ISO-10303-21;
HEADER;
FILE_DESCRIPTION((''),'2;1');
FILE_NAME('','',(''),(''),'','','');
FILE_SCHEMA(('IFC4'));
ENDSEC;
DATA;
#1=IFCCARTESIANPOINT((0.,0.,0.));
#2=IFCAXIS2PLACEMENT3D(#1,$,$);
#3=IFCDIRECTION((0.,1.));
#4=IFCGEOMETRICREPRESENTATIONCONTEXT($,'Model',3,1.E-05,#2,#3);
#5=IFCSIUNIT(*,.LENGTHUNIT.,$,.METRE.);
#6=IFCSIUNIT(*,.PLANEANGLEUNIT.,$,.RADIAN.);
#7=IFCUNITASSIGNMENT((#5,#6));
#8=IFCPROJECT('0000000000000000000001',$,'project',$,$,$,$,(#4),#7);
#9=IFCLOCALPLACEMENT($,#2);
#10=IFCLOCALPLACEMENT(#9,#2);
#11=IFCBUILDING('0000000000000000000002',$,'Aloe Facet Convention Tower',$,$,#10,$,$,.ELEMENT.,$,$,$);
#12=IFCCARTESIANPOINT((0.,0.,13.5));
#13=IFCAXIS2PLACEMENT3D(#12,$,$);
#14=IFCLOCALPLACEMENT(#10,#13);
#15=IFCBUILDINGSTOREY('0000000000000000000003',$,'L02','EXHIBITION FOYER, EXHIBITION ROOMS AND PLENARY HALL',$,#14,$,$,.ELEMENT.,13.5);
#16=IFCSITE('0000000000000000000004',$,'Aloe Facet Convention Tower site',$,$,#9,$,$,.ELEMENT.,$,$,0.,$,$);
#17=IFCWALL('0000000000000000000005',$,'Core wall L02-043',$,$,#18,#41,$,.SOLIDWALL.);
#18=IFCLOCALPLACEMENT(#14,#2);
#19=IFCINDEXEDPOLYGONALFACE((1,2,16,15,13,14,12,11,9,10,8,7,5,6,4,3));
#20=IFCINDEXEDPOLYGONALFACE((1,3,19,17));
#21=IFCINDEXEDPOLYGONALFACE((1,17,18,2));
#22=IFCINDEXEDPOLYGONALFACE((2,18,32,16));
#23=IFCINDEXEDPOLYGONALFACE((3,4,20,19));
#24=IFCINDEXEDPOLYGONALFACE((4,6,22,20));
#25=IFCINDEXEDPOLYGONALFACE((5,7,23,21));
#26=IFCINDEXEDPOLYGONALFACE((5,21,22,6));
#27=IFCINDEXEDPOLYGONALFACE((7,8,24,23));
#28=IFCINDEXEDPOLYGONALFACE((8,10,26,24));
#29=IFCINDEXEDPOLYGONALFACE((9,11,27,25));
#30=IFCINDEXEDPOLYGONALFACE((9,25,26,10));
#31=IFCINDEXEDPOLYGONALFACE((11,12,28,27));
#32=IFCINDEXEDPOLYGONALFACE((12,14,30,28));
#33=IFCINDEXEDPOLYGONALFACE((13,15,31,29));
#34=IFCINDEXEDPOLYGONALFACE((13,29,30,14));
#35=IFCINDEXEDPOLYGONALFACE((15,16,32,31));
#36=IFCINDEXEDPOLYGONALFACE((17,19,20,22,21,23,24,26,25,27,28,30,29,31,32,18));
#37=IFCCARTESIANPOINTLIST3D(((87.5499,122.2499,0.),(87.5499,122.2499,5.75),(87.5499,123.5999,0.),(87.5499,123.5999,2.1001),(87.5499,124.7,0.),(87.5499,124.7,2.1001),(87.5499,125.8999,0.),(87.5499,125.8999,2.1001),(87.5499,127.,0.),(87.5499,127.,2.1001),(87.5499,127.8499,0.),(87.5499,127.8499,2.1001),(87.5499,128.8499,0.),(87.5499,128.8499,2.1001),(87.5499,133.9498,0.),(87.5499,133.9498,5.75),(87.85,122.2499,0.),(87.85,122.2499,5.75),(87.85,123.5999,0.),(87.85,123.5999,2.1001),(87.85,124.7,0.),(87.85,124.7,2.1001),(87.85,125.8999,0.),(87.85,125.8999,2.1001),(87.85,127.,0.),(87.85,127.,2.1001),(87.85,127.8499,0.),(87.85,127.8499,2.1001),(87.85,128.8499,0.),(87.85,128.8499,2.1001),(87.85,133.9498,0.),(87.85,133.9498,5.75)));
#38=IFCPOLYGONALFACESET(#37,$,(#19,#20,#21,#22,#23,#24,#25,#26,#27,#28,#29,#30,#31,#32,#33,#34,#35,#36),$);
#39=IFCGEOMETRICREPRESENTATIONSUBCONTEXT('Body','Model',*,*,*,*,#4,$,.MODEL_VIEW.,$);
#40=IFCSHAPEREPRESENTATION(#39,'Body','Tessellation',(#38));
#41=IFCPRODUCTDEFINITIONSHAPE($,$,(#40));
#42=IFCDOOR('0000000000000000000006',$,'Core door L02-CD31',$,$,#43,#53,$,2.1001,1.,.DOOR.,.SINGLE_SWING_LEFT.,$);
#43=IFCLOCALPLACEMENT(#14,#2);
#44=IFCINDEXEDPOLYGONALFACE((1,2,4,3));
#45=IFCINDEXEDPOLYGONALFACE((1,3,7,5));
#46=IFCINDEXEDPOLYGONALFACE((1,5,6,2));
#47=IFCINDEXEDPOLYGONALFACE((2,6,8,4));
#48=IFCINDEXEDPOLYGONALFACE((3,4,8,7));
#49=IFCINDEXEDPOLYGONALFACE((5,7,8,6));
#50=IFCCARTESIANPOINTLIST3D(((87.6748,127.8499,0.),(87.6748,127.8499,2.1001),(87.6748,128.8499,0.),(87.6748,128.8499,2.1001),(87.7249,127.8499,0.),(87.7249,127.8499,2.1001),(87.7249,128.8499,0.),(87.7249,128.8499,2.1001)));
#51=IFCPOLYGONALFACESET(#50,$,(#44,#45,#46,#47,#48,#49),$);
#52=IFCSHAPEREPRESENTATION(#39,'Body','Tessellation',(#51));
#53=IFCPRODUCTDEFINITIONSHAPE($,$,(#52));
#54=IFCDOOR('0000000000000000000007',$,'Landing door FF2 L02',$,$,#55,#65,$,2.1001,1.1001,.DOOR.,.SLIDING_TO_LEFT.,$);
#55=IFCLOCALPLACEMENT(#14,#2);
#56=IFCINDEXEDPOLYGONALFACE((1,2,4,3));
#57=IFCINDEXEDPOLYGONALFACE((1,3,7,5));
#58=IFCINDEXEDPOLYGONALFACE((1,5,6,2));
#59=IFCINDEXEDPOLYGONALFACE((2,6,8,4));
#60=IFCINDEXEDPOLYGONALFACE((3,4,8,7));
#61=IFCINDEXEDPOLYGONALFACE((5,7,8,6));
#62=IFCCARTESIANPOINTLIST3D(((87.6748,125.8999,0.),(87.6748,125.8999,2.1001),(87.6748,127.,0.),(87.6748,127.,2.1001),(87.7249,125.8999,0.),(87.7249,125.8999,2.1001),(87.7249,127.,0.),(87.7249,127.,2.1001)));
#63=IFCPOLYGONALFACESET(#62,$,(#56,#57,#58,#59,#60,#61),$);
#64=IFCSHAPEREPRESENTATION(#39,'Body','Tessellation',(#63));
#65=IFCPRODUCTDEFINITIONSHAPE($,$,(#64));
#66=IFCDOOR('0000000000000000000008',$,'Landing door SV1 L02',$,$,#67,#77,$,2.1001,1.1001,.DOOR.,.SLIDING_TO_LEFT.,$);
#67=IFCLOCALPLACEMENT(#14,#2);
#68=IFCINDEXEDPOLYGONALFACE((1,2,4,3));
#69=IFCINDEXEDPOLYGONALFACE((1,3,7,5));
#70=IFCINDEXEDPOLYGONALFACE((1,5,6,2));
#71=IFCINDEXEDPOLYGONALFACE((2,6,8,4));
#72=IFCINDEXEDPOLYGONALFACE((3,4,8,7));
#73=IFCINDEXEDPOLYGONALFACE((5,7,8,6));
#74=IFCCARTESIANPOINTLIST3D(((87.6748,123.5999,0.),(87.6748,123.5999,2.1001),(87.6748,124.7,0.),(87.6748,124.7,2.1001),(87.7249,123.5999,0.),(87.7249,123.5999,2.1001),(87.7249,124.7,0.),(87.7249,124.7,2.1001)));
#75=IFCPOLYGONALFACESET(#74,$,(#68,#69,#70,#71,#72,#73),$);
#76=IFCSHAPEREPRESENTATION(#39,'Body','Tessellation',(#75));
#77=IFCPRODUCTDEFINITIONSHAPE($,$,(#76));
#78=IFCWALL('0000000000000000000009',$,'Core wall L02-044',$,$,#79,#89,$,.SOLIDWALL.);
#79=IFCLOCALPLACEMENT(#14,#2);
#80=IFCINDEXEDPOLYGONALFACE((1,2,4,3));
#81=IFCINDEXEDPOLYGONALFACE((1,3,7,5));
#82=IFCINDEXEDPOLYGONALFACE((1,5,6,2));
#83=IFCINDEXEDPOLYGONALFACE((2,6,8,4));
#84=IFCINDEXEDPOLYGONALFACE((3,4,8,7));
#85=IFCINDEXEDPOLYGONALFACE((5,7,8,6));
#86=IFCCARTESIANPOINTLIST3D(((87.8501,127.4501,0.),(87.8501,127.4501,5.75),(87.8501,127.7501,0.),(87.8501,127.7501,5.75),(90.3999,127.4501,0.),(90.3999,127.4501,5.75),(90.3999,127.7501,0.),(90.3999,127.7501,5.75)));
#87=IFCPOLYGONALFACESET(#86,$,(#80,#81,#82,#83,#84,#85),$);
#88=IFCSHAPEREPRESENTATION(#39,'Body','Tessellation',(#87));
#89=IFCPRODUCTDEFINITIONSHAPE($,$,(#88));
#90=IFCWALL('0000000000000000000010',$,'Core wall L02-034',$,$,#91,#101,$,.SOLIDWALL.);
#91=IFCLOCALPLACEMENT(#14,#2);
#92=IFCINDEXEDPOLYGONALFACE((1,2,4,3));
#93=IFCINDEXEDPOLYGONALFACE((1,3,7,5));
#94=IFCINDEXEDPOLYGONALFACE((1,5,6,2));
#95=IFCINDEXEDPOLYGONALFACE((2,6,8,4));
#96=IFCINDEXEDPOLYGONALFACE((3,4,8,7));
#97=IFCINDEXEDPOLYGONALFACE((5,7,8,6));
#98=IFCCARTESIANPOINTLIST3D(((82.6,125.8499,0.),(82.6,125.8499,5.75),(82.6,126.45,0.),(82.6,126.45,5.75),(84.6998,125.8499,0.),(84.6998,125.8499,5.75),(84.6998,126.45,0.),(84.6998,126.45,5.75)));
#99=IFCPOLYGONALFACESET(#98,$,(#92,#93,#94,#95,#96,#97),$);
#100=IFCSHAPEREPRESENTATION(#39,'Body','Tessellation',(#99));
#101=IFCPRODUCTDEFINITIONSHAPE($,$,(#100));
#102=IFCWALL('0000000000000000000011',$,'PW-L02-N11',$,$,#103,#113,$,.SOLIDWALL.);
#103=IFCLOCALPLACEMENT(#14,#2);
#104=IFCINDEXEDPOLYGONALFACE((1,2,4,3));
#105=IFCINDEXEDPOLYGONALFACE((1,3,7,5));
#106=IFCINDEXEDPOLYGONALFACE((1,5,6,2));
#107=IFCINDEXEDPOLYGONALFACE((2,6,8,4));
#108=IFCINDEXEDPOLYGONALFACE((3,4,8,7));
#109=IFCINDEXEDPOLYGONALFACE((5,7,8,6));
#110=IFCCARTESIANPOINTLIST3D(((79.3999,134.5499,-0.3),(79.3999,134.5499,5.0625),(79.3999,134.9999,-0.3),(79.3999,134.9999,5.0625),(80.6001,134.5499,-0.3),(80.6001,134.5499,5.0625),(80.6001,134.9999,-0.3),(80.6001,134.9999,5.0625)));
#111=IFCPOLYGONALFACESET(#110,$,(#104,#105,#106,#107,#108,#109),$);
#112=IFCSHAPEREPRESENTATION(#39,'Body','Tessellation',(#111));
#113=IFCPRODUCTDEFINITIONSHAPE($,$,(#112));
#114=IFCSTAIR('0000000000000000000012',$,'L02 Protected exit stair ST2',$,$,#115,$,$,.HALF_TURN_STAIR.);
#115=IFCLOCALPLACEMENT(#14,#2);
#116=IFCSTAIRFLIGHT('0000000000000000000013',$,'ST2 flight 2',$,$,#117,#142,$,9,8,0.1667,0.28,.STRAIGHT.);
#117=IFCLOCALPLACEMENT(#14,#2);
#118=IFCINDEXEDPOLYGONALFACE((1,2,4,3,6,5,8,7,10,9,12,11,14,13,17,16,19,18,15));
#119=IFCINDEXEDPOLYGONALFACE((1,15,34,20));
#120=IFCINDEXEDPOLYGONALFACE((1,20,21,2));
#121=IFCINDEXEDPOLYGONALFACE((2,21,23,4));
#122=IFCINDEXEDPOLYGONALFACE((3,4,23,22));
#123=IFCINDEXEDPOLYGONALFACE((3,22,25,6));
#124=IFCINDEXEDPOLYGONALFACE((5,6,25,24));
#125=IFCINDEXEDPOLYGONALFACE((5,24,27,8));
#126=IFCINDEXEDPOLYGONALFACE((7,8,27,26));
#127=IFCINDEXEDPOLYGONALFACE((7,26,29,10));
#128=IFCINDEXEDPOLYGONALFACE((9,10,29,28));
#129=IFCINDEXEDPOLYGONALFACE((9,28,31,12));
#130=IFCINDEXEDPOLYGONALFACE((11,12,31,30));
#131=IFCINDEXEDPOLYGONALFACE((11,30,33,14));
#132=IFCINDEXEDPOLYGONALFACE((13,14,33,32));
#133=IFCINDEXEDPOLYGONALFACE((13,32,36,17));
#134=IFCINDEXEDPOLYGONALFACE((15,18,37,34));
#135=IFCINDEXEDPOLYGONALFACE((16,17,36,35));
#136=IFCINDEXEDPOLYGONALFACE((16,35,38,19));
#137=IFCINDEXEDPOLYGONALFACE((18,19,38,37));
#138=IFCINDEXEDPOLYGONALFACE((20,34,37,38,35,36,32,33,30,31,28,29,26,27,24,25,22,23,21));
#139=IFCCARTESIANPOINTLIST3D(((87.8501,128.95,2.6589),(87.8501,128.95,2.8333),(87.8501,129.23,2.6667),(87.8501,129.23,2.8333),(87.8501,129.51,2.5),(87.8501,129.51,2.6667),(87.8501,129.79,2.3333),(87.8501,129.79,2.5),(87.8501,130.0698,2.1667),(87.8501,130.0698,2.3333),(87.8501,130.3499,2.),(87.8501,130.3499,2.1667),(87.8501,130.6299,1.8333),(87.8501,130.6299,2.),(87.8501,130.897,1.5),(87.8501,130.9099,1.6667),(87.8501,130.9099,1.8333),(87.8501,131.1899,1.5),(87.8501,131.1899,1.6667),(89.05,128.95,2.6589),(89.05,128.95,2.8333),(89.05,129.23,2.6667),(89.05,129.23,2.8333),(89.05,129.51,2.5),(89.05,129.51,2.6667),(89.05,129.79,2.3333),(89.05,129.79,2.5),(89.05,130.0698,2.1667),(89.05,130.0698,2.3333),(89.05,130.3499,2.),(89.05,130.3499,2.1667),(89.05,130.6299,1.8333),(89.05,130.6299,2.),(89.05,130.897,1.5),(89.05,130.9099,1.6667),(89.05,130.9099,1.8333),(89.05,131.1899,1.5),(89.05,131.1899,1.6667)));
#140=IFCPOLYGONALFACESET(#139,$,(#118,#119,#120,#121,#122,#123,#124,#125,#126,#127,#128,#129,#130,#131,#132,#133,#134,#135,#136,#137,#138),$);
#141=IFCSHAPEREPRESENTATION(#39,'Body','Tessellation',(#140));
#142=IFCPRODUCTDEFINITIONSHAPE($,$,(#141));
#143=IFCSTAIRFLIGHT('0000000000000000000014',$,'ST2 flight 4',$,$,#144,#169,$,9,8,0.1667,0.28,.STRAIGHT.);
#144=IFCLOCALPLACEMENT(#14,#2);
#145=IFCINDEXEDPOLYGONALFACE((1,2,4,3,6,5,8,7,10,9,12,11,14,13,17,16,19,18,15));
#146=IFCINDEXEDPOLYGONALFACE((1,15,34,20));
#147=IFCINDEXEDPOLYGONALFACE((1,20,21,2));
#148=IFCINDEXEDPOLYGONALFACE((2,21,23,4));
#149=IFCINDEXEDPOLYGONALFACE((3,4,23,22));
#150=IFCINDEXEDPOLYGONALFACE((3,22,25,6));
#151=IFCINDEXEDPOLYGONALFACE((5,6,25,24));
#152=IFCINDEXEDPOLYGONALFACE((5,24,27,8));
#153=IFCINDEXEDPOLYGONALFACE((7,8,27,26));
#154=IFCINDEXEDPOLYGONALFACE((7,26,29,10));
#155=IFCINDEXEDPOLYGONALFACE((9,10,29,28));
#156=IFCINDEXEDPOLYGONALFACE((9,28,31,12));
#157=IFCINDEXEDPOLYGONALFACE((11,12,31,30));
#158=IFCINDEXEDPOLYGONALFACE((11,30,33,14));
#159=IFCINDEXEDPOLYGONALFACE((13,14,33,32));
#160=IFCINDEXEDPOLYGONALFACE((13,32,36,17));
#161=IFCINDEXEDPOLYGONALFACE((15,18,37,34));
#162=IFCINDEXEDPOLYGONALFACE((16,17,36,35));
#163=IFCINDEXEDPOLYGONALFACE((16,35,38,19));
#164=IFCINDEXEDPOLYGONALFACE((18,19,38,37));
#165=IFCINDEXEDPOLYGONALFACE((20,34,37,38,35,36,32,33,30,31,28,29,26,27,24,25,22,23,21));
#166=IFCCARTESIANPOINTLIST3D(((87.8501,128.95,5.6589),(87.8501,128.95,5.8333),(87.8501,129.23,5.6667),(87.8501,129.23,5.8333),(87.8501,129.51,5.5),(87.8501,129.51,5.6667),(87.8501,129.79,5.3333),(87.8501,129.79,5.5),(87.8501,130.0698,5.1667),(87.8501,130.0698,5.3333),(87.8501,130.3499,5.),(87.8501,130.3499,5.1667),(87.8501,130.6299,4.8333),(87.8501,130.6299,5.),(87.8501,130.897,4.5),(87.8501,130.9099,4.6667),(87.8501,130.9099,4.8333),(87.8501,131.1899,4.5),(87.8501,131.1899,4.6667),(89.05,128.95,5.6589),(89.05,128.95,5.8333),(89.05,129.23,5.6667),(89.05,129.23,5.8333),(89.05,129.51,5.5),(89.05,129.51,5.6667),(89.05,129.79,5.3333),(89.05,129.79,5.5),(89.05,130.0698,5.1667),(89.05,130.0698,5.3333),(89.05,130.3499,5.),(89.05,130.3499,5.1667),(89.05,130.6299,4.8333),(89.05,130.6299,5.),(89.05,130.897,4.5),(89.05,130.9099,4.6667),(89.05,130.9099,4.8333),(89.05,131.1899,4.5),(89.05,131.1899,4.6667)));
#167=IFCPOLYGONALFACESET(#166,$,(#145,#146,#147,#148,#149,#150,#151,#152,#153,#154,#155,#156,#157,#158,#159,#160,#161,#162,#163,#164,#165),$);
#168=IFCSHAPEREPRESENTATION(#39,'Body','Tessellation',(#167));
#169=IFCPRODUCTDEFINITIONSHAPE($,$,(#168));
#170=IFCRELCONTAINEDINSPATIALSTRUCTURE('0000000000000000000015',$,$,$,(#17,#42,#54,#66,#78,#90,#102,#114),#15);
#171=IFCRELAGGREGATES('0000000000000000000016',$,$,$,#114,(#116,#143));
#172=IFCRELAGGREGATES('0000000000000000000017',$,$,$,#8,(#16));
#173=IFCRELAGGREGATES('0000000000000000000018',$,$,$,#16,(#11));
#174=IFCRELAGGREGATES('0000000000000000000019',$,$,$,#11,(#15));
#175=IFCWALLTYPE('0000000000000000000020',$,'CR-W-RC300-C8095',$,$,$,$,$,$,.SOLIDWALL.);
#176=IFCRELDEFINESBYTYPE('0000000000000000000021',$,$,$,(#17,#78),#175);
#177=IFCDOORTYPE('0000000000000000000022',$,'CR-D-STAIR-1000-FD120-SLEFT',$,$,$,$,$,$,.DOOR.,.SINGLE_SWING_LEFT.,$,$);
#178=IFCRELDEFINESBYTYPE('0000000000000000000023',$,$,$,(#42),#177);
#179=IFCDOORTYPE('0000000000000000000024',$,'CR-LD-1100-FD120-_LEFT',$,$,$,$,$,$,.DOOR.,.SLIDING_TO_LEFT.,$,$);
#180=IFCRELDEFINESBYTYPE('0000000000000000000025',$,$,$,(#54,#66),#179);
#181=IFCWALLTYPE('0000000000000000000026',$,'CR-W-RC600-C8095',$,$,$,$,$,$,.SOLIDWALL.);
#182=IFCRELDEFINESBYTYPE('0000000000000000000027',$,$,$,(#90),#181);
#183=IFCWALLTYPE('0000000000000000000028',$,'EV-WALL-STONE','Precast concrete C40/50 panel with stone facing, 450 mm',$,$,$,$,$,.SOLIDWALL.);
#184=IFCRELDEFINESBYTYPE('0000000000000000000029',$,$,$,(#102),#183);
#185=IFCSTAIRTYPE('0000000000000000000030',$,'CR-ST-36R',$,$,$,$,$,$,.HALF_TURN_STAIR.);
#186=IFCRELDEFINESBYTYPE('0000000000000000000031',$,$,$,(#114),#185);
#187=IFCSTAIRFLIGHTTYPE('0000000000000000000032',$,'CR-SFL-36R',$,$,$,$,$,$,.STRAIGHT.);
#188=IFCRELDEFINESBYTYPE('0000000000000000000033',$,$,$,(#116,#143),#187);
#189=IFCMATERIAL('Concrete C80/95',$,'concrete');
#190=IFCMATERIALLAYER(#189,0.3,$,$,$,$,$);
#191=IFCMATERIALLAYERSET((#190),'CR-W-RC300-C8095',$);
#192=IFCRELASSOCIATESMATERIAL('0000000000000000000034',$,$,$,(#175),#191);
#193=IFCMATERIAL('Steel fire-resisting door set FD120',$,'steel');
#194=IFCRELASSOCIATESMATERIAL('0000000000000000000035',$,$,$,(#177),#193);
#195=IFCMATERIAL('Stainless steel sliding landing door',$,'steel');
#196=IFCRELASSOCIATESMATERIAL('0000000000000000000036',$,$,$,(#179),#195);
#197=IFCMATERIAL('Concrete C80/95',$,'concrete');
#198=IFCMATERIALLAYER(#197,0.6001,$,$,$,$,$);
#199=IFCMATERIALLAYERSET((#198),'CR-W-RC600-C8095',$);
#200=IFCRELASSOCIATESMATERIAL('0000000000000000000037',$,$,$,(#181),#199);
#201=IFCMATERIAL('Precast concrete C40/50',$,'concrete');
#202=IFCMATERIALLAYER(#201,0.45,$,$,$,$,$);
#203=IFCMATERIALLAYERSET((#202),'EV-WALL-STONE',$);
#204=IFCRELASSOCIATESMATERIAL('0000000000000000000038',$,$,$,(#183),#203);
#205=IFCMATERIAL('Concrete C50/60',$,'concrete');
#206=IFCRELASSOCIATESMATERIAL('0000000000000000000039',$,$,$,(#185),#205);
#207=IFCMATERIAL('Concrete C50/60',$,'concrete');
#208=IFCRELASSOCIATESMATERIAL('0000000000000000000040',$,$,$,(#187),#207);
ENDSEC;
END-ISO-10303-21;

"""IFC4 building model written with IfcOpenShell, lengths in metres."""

from ifc_helpers import new_model, si_unit, direction, frame, frame_2d, origin, place, context, subcontext, project, spatial, polyline, rectangle, outline, extrude, material, layer, layer_set, type_object, element, fill, aggregate, save


model = new_model("IFC4")

# Units and contexts
model_context = context("Model", 3, precision=1e-05, world=origin(), true_north=direction((0.0, 1.0)))
body_context = subcontext(model_context, "Body", "Model", "MODEL_VIEW")
ifc_project = project(units=[si_unit("LENGTHUNIT", "METRE"), si_unit("PLANEANGLEUNIT", "RADIAN")], contexts=[model_context])

# Site, building, storey
site_placement = place(None, origin())
site = spatial("IfcSite", under=ifc_project, at=site_placement, Name="Aloe Facet Convention Tower site", CompositionType="ELEMENT", RefElevation=0.0)
building_placement = place(site_placement, origin())
building = spatial("IfcBuilding", under=site, at=building_placement, Name="Aloe Facet Convention Tower", CompositionType="ELEMENT")
storey_placement = place(building_placement, frame((0.0, 0.0, 13.5)))
storey = spatial("IfcBuildingStorey", under=building, at=storey_placement, Name="L02", Description="EXHIBITION FOYER, EXHIBITION ROOMS AND PLENARY HALL", CompositionType="ELEMENT", Elevation=13.5)

# Shared definitions
ifc_material_1 = material(Name="Concrete C80/95", Category="concrete")
ifc_layer_1 = layer(ifc_material_1, 0.3)
ifc_layer_set_1 = layer_set([ifc_layer_1], Name="CR-W-RC300-C8095")
wall_type_1 = type_object("IfcWallType", Name="CR-W-RC300-C8095", PredefinedType="SOLIDWALL", material=ifc_layer_set_1)

# Wall, openings, doors
wall_1_placement = place(storey_placement, frame((87.7, 133.95, 0.0), z_axis=(0.0, 0.0, 1.0), x_axis=(0.0, -1.0, 0.0)))
wall_1 = element("IfcWall", 1, at=wall_1_placement, inside=storey, type_object=wall_type_1, Name="Core wall L02-043", PredefinedType="SOLIDWALL", context=body_context, shape_type="SweptSolid", body=[
    extrude(rectangle(XDim=11.7, YDim=0.3, at=frame_2d((5.8501, 0.0))), origin(), (0.0, 0.0, 1.0), 5.75),
])
opening_1_placement = place(wall_1_placement, frame((6.95, 0.0, 0.0)))
opening_1 = element("IfcOpeningElement", 2, at=opening_1_placement, cuts=wall_1, PredefinedType="OPENING", context=body_context, shape_type="SweptSolid", body=[
    extrude(rectangle(XDim=1.1001, YDim=2.1001, at=frame_2d((0.55, 1.05))), frame((0.0, 0.1602, 0.0), z_axis=(0.0, -1.0, 0.0), x_axis=(1.0, 0.0, 0.0)), (0.0, 0.0, 1.0), 0.3201),
])
opening_2_placement = place(wall_1_placement, frame((5.1001, 0.0, 0.0)))
opening_2 = element("IfcOpeningElement", 3, at=opening_2_placement, cuts=wall_1, PredefinedType="OPENING", context=body_context, shape_type="SweptSolid", body=[
    extrude(rectangle(XDim=1.0, YDim=2.1001, at=frame_2d((0.5, 1.05))), frame((0.0, 0.1602, 0.0), z_axis=(0.0, -1.0, 0.0), x_axis=(1.0, 0.0, 0.0)), (0.0, 0.0, 1.0), 0.3201),
])
opening_3_placement = place(wall_1_placement, frame((9.25, 0.0, 0.0)))
opening_3 = element("IfcOpeningElement", 4, at=opening_3_placement, cuts=wall_1, PredefinedType="OPENING", context=body_context, shape_type="SweptSolid", body=[
    extrude(rectangle(XDim=1.1001, YDim=2.1001, at=frame_2d((0.55, 1.05))), frame((0.0, 0.1602, 0.0), z_axis=(0.0, -1.0, 0.0), x_axis=(1.0, 0.0, 0.0)), (0.0, 0.0, 1.0), 0.3201),
])
ifc_material_2 = material(Name="Steel fire-resisting door set FD120", Category="steel")
door_type_1 = type_object("IfcDoorType", Name="CR-D-STAIR-1000-FD120-SLEFT", OperationType="SINGLE_SWING_LEFT", PredefinedType="DOOR", material=ifc_material_2)
door_1_placement = place(opening_2_placement, origin())
door_1 = element("IfcDoor", 5, at=door_1_placement, inside=storey, type_object=door_type_1, Name="Core door L02-CD31", OperationType="SINGLE_SWING_LEFT", OverallHeight=2.1001, OverallWidth=1.0, PredefinedType="DOOR", context=body_context, shape_type="SweptSolid", body=[
    extrude(rectangle(XDim=1.0, YDim=2.1001, at=frame_2d((0.5, 1.05))), frame((0.0, 0.0249, 0.0), z_axis=(0.0, -1.0, 0.0), x_axis=(1.0, 0.0, 0.0)), (0.0, 0.0, 1.0), 0.05),
])
fill(opening_2, door_1)
ifc_material_3 = material(Name="Stainless steel sliding landing door", Category="steel")
door_type_2 = type_object("IfcDoorType", Name="CR-LD-1100-FD120-_LEFT", OperationType="SLIDING_TO_LEFT", PredefinedType="DOOR", material=ifc_material_3)
door_2_placement = place(opening_1_placement, origin())
door_2 = element("IfcDoor", 6, at=door_2_placement, inside=storey, type_object=door_type_2, Name="Landing door FF2 L02", OperationType="SLIDING_TO_LEFT", OverallHeight=2.1001, OverallWidth=1.1001, PredefinedType="DOOR", context=body_context, shape_type="SweptSolid", body=[
    extrude(rectangle(XDim=1.1001, YDim=2.1001, at=frame_2d((0.55, 1.05))), frame((0.0, 0.0249, 0.0), z_axis=(0.0, -1.0, 0.0), x_axis=(1.0, 0.0, 0.0)), (0.0, 0.0, 1.0), 0.05),
])
fill(opening_1, door_2)
door_3_placement = place(opening_3_placement, origin())
door_3 = element("IfcDoor", 7, at=door_3_placement, inside=storey, type_object=door_type_2, Name="Landing door SV1 L02", OperationType="SLIDING_TO_LEFT", OverallHeight=2.1001, OverallWidth=1.1001, PredefinedType="DOOR", context=body_context, shape_type="SweptSolid", body=[
    extrude(rectangle(XDim=1.1001, YDim=2.1001, at=frame_2d((0.55, 1.05))), frame((0.0, 0.0249, 0.0), z_axis=(0.0, -1.0, 0.0), x_axis=(1.0, 0.0, 0.0)), (0.0, 0.0, 1.0), 0.05),
])
fill(opening_3, door_3)

# Walls
wall_2_placement = place(storey_placement, frame((87.8501, 127.6001, 0.0), z_axis=(0.0, 0.0, 1.0), x_axis=(1.0, 0.0, 0.0)))
element("IfcWall", 8, at=wall_2_placement, inside=storey, type_object=wall_type_1, Name="Core wall L02-044", PredefinedType="SOLIDWALL", context=body_context, shape_type="SweptSolid", body=[
    extrude(rectangle(XDim=2.5498, YDim=0.3, at=frame_2d((1.2749, 0.0))), origin(), (0.0, 0.0, 1.0), 5.75),
])
ifc_material_4 = material(Name="Concrete C80/95", Category="concrete")
ifc_layer_2 = layer(ifc_material_4, 0.6001)
ifc_layer_set_2 = layer_set([ifc_layer_2], Name="CR-W-RC600-C8095")
wall_type_2 = type_object("IfcWallType", Name="CR-W-RC600-C8095", PredefinedType="SOLIDWALL", material=ifc_layer_set_2)
wall_3_placement = place(storey_placement, frame((82.6001, 126.1499, 0.0), z_axis=(0.0, 0.0, 1.0), x_axis=(1.0, 0.0, 0.0)))
element("IfcWall", 9, at=wall_3_placement, inside=storey, type_object=wall_type_2, Name="Core wall L02-034", PredefinedType="SOLIDWALL", context=body_context, shape_type="SweptSolid", body=[
    extrude(rectangle(XDim=2.0999, YDim=0.6001, at=frame_2d((1.0498, 0.0))), origin(), (0.0, 0.0, 1.0), 5.75),
])
ifc_material_5 = material(Name="Precast concrete C40/50", Category="concrete")
ifc_layer_3 = layer(ifc_material_5, 0.45)
ifc_layer_set_3 = layer_set([ifc_layer_3], Name="EV-WALL-STONE")
wall_type_3 = type_object("IfcWallType", Name="EV-WALL-STONE", Description="Precast concrete C40/50 panel with stone facing, 450 mm", PredefinedType="SOLIDWALL", material=ifc_layer_set_3)
wall_4_placement = place(storey_placement, frame((80.6001, 134.7749, -0.3), z_axis=(0.0, 0.0, 1.0), x_axis=(-1.0, 0.0, 0.0)))
element("IfcWall", 10, at=wall_4_placement, inside=storey, type_object=wall_type_3, Name="PW-L02-N11", PredefinedType="SOLIDWALL", context=body_context, shape_type="SweptSolid", body=[
    extrude(rectangle(XDim=1.2002, YDim=0.45, at=frame_2d((0.6001, 0.0))), origin(), (0.0, 0.0, 1.0), 5.3625),
])

# Stair, stair flights
ifc_material_6 = material(Name="Concrete C50/60", Category="concrete")
stair_type = type_object("IfcStairType", Name="CR-ST-36R", PredefinedType="HALF_TURN_STAIR", material=ifc_material_6)
stair_placement = place(storey_placement, origin())
stair = element("IfcStair", 11, at=stair_placement, inside=storey, type_object=stair_type, Name="L02 Protected exit stair ST2", PredefinedType="HALF_TURN_STAIR")
ifc_material_7 = material(Name="Concrete C50/60", Category="concrete")
stair_flight_type = type_object("IfcStairFlightType", Name="CR-SFL-36R", PredefinedType="STRAIGHT", material=ifc_material_7)
stair_flight_1_placement = place(storey_placement, frame((88.45, 131.1899, 1.5), z_axis=(0.0, 0.0, 1.0), x_axis=(0.0, -1.0, 0.0)))
stair_flight_1 = element("IfcStairFlight", 12, at=stair_flight_1_placement, type_object=stair_flight_type, Name="ST2 flight 2", NumberOfRisers=9, NumberOfTreads=8, PredefinedType="STRAIGHT", RiserHeight=0.1667, TreadLength=0.28, context=body_context, shape_type="SweptSolid", body=[
    extrude(outline(polyline([(0.0, 0.0), (0.0, 0.1667), (0.28, 0.1667), (0.28, 0.3333), (0.5601, 0.3333), (0.5601, 0.5), (0.8401, 0.5), (0.8401, 0.6667), (1.1201, 0.6667), (1.1201, 0.8333), (1.3999, 0.8333), (1.3999, 1.0), (1.6799, 1.0), (1.6799, 1.1667), (1.96, 1.1667), (1.96, 1.3333), (2.24, 1.3333), (2.24, 1.5), (2.24, 1.1589), (0.293, 0.0), (0.0, 0.0)])), frame((0.0, 0.6001, 0.0), z_axis=(0.0, -1.0, 0.0), x_axis=(1.0, 0.0, 0.0)), (0.0, 0.0, 1.0), 1.2),
])
stair_flight_2_placement = place(storey_placement, frame((88.45, 131.1899, 4.5), z_axis=(0.0, 0.0, 1.0), x_axis=(0.0, -1.0, 0.0)))
stair_flight_2 = element("IfcStairFlight", 13, at=stair_flight_2_placement, type_object=stair_flight_type, Name="ST2 flight 4", NumberOfRisers=9, NumberOfTreads=8, PredefinedType="STRAIGHT", RiserHeight=0.1667, TreadLength=0.28, context=body_context, shape_type="SweptSolid", body=[
    extrude(outline(polyline([(0.0, 0.0), (0.0, 0.1667), (0.28, 0.1667), (0.28, 0.3333), (0.5601, 0.3333), (0.5601, 0.5), (0.8401, 0.5), (0.8401, 0.6667), (1.1201, 0.6667), (1.1201, 0.8333), (1.3999, 0.8333), (1.3999, 1.0), (1.6799, 1.0), (1.6799, 1.1667), (1.96, 1.1667), (1.96, 1.3333), (2.24, 1.3333), (2.24, 1.5), (2.24, 1.1589), (0.293, 0.0), (0.0, 0.0)])), frame((0.0, 0.6001, 0.0), z_axis=(0.0, -1.0, 0.0), x_axis=(1.0, 0.0, 0.0)), (0.0, 0.0, 1.0), 1.2),
])
aggregate(stair, [stair_flight_1, stair_flight_2])

save(model, "model.ifc")
